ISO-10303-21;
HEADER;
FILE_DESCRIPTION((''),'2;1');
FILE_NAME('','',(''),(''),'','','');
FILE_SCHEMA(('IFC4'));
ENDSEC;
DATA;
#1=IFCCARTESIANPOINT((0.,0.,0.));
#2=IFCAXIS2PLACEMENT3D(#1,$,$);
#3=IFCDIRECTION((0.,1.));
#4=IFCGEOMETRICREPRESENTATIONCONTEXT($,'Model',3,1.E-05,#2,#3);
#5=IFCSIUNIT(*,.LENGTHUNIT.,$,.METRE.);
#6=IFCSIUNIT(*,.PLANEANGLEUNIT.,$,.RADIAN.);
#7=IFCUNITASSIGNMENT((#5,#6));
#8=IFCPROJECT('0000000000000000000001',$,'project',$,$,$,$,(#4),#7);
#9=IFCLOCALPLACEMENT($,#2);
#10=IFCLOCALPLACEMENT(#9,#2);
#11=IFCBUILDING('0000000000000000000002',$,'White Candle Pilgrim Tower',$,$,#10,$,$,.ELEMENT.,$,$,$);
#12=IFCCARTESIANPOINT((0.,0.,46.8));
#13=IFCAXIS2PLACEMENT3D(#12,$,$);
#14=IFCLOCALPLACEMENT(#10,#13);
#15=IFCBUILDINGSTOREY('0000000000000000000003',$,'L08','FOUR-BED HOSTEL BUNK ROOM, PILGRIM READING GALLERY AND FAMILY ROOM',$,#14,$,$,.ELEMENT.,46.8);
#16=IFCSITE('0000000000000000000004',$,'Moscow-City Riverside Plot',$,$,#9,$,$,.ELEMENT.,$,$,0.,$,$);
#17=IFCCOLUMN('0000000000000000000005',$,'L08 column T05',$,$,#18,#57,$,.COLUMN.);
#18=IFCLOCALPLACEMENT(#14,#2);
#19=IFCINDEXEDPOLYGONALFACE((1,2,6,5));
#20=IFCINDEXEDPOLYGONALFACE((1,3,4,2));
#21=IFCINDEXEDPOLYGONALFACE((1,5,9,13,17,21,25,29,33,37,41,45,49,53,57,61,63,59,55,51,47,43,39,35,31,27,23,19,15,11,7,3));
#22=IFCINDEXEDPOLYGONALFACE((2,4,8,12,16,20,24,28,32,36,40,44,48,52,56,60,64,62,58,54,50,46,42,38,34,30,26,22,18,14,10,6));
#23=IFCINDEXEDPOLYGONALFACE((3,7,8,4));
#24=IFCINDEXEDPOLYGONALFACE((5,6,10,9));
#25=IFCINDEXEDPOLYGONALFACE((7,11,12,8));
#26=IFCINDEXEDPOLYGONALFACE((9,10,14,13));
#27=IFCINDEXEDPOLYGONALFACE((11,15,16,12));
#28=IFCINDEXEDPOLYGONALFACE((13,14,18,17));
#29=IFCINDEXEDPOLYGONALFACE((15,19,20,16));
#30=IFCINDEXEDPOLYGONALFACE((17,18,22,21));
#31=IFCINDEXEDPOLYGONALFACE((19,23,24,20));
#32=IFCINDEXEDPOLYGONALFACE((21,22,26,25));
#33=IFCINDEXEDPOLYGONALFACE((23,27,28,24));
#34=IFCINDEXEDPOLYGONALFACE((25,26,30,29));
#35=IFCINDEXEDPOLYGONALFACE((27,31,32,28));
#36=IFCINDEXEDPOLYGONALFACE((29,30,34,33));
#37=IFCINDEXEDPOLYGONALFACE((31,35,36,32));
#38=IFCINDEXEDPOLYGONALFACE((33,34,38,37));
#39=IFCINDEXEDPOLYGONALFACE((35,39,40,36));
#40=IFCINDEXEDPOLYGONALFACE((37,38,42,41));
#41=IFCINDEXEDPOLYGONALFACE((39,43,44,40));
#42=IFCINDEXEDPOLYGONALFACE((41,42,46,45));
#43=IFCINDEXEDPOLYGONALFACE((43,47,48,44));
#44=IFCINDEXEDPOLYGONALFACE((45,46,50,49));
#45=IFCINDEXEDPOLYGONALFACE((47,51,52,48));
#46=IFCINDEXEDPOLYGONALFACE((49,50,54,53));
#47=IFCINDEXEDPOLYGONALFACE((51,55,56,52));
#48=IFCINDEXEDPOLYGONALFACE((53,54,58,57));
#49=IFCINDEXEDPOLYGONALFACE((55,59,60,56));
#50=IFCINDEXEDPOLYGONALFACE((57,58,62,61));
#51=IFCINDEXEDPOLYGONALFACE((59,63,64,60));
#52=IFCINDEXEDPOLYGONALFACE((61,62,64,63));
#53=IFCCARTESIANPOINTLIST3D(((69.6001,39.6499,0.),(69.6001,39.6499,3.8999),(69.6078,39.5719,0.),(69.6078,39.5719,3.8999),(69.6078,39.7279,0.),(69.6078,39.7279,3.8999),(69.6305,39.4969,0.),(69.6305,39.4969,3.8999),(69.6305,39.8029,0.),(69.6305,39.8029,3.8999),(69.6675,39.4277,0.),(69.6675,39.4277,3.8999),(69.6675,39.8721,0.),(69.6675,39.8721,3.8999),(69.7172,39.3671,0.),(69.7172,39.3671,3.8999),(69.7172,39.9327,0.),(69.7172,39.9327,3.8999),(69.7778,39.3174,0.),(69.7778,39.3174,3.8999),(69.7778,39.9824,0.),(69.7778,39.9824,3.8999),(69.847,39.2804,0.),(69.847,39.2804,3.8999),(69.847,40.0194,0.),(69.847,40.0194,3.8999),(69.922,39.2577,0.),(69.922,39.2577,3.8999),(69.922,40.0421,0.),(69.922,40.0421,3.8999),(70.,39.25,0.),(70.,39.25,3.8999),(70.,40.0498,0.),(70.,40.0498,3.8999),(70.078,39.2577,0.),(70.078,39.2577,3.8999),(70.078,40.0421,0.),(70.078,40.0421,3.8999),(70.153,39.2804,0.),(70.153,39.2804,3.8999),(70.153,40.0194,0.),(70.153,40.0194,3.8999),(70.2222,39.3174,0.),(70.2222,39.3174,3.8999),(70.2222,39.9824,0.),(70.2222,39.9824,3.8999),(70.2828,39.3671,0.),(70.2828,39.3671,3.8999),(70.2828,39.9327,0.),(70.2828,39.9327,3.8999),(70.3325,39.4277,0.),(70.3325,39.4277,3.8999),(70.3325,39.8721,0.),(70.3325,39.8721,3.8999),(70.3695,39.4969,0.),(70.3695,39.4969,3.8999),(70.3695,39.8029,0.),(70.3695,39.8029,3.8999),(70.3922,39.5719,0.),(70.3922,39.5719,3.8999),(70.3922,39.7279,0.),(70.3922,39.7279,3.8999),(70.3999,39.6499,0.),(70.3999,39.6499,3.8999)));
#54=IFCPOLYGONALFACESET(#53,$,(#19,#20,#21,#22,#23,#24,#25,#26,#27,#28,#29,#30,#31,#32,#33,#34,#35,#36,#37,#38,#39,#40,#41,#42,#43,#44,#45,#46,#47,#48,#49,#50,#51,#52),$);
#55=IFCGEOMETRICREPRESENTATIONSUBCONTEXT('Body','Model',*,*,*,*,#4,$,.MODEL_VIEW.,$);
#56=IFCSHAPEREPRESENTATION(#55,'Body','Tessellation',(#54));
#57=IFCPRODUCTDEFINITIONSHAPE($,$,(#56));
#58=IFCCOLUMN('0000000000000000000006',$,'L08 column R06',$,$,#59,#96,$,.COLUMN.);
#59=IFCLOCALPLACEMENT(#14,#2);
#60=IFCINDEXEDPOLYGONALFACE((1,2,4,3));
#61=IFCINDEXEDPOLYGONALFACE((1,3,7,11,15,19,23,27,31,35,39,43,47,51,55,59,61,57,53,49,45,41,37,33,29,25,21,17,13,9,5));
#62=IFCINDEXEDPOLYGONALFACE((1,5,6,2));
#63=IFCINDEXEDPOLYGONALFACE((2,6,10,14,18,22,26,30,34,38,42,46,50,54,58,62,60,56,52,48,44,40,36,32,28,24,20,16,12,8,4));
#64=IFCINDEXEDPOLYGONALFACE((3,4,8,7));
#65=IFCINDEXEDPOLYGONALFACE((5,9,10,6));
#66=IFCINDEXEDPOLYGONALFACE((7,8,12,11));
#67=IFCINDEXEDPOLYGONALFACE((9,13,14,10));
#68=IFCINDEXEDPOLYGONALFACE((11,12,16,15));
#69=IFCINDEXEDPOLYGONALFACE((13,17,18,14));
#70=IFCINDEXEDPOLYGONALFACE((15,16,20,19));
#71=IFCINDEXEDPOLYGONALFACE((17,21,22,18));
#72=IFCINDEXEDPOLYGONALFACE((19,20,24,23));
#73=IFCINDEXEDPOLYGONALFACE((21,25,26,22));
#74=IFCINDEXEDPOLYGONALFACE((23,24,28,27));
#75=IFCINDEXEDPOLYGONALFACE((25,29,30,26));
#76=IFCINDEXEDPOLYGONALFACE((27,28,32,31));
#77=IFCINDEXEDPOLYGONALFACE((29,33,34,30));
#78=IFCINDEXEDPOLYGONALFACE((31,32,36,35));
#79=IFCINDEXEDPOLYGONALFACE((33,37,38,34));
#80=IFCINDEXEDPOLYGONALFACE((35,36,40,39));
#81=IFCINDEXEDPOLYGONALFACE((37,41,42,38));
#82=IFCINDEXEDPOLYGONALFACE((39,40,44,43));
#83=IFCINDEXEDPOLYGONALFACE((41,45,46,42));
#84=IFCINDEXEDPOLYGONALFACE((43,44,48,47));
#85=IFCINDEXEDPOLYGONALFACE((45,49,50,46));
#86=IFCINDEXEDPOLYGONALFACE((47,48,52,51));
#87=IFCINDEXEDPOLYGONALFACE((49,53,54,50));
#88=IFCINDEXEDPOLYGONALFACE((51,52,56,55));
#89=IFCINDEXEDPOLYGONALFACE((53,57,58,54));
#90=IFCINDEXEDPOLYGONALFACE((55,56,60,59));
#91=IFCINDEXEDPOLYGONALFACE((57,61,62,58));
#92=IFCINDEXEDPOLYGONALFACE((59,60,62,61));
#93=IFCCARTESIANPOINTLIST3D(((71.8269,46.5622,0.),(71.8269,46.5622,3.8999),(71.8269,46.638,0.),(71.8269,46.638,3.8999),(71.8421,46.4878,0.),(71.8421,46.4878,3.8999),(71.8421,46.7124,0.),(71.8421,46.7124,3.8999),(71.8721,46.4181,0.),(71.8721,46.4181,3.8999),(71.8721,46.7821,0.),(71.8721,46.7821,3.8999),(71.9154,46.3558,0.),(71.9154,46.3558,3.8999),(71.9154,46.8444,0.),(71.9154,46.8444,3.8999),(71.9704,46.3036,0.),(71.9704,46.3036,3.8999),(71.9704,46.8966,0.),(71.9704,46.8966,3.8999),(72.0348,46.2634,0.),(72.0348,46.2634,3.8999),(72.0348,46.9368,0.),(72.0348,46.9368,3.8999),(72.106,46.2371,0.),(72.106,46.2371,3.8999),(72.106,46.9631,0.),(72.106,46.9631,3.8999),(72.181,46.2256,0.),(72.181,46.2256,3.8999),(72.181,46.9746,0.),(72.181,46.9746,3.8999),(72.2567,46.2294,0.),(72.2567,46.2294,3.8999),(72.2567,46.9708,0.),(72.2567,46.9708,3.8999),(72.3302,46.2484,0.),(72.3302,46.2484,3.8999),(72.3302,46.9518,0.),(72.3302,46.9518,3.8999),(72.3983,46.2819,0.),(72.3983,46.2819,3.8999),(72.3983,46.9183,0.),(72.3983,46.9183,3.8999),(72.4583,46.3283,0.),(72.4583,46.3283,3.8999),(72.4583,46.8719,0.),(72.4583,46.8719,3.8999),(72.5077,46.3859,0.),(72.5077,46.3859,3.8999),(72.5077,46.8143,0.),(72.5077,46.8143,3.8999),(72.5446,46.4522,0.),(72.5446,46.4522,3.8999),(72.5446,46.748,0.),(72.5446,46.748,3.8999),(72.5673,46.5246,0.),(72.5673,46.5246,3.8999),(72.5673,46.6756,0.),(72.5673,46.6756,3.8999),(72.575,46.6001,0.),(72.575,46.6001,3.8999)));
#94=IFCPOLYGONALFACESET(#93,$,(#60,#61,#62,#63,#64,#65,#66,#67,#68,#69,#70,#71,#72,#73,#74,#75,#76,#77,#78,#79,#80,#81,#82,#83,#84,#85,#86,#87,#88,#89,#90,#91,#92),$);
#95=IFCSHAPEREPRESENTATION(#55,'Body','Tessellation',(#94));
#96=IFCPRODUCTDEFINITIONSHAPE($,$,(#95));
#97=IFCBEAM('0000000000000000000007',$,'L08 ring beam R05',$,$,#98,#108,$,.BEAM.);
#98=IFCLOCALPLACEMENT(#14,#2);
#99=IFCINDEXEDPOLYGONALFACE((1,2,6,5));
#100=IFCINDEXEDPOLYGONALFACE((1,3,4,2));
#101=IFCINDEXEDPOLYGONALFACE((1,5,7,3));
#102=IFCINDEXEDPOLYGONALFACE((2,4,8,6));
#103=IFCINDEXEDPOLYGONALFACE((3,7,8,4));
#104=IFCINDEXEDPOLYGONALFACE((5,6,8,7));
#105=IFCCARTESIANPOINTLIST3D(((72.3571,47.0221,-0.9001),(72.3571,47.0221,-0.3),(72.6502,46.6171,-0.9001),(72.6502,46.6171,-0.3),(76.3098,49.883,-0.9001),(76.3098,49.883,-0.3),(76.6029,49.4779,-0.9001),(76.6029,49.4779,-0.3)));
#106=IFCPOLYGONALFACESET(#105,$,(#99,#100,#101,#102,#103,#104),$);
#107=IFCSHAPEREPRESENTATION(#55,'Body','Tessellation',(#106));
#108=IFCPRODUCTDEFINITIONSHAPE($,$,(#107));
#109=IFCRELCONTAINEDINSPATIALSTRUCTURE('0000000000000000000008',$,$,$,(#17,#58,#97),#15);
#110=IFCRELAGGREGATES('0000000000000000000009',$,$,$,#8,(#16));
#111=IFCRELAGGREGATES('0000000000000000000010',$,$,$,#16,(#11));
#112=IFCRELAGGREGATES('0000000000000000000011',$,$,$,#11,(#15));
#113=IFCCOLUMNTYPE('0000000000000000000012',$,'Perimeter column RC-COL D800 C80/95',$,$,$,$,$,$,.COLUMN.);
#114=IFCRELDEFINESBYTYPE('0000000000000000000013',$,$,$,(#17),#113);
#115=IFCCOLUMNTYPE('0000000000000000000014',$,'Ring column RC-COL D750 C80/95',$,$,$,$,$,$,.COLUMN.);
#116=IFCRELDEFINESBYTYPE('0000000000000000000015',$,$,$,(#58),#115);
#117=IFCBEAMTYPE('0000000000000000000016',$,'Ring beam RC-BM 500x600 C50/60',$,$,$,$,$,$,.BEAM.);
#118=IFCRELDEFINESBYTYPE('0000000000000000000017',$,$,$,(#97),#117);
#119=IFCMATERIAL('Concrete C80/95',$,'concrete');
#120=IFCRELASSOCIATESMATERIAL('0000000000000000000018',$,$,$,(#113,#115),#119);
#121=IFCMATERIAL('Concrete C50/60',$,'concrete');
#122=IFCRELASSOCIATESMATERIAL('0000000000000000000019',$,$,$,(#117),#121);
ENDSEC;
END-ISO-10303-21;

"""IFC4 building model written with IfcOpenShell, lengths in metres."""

from ifc_helpers import new_model, si_unit, direction, frame, origin, origin_2d, place, context, subcontext, project, spatial, rectangle, circle, extrude, material, material_profile, profile_set, type_object, element, save


model = new_model("IFC4")

# Units and contexts
model_context = context("Model", 3, precision=1e-05, world=origin(), true_north=direction((0.0, 1.0)))
body_context = subcontext(model_context, "Body", "Model", "MODEL_VIEW")
ifc_project = project(units=[si_unit("LENGTHUNIT", "METRE"), si_unit("PLANEANGLEUNIT", "RADIAN")], contexts=[model_context])

# Site, building, storey
site_placement = place(None, origin())
site = spatial("IfcSite", under=ifc_project, at=site_placement, Name="Moscow-City Riverside Plot", CompositionType="ELEMENT", RefElevation=0.0)
building_placement = place(site_placement, origin())
building = spatial("IfcBuilding", under=site, at=building_placement, Name="White Candle Pilgrim Tower", CompositionType="ELEMENT")
storey_placement = place(building_placement, frame((0.0, 0.0, 46.8)))
storey = spatial("IfcBuildingStorey", under=building, at=storey_placement, Name="L08", Description="FOUR-BED HOSTEL BUNK ROOM, PILGRIM READING GALLERY AND FAMILY ROOM", CompositionType="ELEMENT", Elevation=46.8)

# Columns
ifc_material_1 = material(Name="Concrete C80/95", Category="concrete")
ifc_material_profile_1 = material_profile(ifc_material_1, circle(Radius=0.3999, at=origin_2d()), Name="RC-COL D800")
ifc_profile_set_1 = profile_set([ifc_material_profile_1], Name="Concrete C80/95")
column_type_1 = type_object("IfcColumnType", Name="Perimeter column RC-COL D800 C80/95", PredefinedType="COLUMN", material=ifc_profile_set_1)
column_1_placement = place(storey_placement, frame((70.0, 39.6499, 0.0), z_axis=(0.0, 0.0, 1.0), x_axis=(1.0, 0.0, 0.0)))
element("IfcColumn", 1, at=column_1_placement, inside=storey, type_object=column_type_1, Name="L08 column T05", PredefinedType="COLUMN", context=body_context, shape_type="SweptSolid", body=[
    extrude(circle(Radius=0.3999, at=origin_2d()), origin(), (0.0, 0.0, 1.0), 3.8999),
])
ifc_material_profile_2 = material_profile(ifc_material_1, circle(Radius=0.375, at=origin_2d()), Name="RC-COL D750")
ifc_profile_set_2 = profile_set([ifc_material_profile_2], Name="Concrete C80/95")
column_type_2 = type_object("IfcColumnType", Name="Ring column RC-COL D750 C80/95", PredefinedType="COLUMN", material=ifc_profile_set_2)
column_2_placement = place(storey_placement, frame((72.2, 46.6001, 0.0), z_axis=(0.0, 0.0, 1.0), x_axis=(1.0, 0.0, 0.0)))
element("IfcColumn", 2, at=column_2_placement, inside=storey, type_object=column_type_2, Name="L08 column R06", PredefinedType="COLUMN", context=body_context, shape_type="SweptSolid", body=[
    extrude(circle(Radius=0.375, at=origin_2d()), origin(), (0.0, 0.0, 1.0), 3.8999),
])

# Beam
ifc_material_2 = material(Name="Concrete C50/60", Category="concrete")
ifc_material_profile_3 = material_profile(ifc_material_2, rectangle(XDim=0.5, YDim=0.6001, at=origin_2d()), Name="RC-BM 500x600")
ifc_profile_set_3 = profile_set([ifc_material_profile_3], Name="Concrete C50/60")
beam_type = type_object("IfcBeamType", Name="Ring beam RC-BM 500x600 C50/60", PredefinedType="BEAM", material=ifc_profile_set_3)
beam_placement = place(storey_placement, frame((72.5037, 46.8196, -0.6001), z_axis=(0.81008, 0.58632, 0.0), x_axis=(-0.58632, 0.81008, 0.0)))
element("IfcBeam", 3, at=beam_placement, inside=storey, type_object=beam_type, Name="L08 ring beam R05", PredefinedType="BEAM", context=body_context, shape_type="SweptSolid", body=[
    extrude(rectangle(XDim=0.5, YDim=0.6001, at=origin_2d()), origin(), (0.0, 0.0, 1.0), 4.8794),
])

save(model, "model.ifc")
